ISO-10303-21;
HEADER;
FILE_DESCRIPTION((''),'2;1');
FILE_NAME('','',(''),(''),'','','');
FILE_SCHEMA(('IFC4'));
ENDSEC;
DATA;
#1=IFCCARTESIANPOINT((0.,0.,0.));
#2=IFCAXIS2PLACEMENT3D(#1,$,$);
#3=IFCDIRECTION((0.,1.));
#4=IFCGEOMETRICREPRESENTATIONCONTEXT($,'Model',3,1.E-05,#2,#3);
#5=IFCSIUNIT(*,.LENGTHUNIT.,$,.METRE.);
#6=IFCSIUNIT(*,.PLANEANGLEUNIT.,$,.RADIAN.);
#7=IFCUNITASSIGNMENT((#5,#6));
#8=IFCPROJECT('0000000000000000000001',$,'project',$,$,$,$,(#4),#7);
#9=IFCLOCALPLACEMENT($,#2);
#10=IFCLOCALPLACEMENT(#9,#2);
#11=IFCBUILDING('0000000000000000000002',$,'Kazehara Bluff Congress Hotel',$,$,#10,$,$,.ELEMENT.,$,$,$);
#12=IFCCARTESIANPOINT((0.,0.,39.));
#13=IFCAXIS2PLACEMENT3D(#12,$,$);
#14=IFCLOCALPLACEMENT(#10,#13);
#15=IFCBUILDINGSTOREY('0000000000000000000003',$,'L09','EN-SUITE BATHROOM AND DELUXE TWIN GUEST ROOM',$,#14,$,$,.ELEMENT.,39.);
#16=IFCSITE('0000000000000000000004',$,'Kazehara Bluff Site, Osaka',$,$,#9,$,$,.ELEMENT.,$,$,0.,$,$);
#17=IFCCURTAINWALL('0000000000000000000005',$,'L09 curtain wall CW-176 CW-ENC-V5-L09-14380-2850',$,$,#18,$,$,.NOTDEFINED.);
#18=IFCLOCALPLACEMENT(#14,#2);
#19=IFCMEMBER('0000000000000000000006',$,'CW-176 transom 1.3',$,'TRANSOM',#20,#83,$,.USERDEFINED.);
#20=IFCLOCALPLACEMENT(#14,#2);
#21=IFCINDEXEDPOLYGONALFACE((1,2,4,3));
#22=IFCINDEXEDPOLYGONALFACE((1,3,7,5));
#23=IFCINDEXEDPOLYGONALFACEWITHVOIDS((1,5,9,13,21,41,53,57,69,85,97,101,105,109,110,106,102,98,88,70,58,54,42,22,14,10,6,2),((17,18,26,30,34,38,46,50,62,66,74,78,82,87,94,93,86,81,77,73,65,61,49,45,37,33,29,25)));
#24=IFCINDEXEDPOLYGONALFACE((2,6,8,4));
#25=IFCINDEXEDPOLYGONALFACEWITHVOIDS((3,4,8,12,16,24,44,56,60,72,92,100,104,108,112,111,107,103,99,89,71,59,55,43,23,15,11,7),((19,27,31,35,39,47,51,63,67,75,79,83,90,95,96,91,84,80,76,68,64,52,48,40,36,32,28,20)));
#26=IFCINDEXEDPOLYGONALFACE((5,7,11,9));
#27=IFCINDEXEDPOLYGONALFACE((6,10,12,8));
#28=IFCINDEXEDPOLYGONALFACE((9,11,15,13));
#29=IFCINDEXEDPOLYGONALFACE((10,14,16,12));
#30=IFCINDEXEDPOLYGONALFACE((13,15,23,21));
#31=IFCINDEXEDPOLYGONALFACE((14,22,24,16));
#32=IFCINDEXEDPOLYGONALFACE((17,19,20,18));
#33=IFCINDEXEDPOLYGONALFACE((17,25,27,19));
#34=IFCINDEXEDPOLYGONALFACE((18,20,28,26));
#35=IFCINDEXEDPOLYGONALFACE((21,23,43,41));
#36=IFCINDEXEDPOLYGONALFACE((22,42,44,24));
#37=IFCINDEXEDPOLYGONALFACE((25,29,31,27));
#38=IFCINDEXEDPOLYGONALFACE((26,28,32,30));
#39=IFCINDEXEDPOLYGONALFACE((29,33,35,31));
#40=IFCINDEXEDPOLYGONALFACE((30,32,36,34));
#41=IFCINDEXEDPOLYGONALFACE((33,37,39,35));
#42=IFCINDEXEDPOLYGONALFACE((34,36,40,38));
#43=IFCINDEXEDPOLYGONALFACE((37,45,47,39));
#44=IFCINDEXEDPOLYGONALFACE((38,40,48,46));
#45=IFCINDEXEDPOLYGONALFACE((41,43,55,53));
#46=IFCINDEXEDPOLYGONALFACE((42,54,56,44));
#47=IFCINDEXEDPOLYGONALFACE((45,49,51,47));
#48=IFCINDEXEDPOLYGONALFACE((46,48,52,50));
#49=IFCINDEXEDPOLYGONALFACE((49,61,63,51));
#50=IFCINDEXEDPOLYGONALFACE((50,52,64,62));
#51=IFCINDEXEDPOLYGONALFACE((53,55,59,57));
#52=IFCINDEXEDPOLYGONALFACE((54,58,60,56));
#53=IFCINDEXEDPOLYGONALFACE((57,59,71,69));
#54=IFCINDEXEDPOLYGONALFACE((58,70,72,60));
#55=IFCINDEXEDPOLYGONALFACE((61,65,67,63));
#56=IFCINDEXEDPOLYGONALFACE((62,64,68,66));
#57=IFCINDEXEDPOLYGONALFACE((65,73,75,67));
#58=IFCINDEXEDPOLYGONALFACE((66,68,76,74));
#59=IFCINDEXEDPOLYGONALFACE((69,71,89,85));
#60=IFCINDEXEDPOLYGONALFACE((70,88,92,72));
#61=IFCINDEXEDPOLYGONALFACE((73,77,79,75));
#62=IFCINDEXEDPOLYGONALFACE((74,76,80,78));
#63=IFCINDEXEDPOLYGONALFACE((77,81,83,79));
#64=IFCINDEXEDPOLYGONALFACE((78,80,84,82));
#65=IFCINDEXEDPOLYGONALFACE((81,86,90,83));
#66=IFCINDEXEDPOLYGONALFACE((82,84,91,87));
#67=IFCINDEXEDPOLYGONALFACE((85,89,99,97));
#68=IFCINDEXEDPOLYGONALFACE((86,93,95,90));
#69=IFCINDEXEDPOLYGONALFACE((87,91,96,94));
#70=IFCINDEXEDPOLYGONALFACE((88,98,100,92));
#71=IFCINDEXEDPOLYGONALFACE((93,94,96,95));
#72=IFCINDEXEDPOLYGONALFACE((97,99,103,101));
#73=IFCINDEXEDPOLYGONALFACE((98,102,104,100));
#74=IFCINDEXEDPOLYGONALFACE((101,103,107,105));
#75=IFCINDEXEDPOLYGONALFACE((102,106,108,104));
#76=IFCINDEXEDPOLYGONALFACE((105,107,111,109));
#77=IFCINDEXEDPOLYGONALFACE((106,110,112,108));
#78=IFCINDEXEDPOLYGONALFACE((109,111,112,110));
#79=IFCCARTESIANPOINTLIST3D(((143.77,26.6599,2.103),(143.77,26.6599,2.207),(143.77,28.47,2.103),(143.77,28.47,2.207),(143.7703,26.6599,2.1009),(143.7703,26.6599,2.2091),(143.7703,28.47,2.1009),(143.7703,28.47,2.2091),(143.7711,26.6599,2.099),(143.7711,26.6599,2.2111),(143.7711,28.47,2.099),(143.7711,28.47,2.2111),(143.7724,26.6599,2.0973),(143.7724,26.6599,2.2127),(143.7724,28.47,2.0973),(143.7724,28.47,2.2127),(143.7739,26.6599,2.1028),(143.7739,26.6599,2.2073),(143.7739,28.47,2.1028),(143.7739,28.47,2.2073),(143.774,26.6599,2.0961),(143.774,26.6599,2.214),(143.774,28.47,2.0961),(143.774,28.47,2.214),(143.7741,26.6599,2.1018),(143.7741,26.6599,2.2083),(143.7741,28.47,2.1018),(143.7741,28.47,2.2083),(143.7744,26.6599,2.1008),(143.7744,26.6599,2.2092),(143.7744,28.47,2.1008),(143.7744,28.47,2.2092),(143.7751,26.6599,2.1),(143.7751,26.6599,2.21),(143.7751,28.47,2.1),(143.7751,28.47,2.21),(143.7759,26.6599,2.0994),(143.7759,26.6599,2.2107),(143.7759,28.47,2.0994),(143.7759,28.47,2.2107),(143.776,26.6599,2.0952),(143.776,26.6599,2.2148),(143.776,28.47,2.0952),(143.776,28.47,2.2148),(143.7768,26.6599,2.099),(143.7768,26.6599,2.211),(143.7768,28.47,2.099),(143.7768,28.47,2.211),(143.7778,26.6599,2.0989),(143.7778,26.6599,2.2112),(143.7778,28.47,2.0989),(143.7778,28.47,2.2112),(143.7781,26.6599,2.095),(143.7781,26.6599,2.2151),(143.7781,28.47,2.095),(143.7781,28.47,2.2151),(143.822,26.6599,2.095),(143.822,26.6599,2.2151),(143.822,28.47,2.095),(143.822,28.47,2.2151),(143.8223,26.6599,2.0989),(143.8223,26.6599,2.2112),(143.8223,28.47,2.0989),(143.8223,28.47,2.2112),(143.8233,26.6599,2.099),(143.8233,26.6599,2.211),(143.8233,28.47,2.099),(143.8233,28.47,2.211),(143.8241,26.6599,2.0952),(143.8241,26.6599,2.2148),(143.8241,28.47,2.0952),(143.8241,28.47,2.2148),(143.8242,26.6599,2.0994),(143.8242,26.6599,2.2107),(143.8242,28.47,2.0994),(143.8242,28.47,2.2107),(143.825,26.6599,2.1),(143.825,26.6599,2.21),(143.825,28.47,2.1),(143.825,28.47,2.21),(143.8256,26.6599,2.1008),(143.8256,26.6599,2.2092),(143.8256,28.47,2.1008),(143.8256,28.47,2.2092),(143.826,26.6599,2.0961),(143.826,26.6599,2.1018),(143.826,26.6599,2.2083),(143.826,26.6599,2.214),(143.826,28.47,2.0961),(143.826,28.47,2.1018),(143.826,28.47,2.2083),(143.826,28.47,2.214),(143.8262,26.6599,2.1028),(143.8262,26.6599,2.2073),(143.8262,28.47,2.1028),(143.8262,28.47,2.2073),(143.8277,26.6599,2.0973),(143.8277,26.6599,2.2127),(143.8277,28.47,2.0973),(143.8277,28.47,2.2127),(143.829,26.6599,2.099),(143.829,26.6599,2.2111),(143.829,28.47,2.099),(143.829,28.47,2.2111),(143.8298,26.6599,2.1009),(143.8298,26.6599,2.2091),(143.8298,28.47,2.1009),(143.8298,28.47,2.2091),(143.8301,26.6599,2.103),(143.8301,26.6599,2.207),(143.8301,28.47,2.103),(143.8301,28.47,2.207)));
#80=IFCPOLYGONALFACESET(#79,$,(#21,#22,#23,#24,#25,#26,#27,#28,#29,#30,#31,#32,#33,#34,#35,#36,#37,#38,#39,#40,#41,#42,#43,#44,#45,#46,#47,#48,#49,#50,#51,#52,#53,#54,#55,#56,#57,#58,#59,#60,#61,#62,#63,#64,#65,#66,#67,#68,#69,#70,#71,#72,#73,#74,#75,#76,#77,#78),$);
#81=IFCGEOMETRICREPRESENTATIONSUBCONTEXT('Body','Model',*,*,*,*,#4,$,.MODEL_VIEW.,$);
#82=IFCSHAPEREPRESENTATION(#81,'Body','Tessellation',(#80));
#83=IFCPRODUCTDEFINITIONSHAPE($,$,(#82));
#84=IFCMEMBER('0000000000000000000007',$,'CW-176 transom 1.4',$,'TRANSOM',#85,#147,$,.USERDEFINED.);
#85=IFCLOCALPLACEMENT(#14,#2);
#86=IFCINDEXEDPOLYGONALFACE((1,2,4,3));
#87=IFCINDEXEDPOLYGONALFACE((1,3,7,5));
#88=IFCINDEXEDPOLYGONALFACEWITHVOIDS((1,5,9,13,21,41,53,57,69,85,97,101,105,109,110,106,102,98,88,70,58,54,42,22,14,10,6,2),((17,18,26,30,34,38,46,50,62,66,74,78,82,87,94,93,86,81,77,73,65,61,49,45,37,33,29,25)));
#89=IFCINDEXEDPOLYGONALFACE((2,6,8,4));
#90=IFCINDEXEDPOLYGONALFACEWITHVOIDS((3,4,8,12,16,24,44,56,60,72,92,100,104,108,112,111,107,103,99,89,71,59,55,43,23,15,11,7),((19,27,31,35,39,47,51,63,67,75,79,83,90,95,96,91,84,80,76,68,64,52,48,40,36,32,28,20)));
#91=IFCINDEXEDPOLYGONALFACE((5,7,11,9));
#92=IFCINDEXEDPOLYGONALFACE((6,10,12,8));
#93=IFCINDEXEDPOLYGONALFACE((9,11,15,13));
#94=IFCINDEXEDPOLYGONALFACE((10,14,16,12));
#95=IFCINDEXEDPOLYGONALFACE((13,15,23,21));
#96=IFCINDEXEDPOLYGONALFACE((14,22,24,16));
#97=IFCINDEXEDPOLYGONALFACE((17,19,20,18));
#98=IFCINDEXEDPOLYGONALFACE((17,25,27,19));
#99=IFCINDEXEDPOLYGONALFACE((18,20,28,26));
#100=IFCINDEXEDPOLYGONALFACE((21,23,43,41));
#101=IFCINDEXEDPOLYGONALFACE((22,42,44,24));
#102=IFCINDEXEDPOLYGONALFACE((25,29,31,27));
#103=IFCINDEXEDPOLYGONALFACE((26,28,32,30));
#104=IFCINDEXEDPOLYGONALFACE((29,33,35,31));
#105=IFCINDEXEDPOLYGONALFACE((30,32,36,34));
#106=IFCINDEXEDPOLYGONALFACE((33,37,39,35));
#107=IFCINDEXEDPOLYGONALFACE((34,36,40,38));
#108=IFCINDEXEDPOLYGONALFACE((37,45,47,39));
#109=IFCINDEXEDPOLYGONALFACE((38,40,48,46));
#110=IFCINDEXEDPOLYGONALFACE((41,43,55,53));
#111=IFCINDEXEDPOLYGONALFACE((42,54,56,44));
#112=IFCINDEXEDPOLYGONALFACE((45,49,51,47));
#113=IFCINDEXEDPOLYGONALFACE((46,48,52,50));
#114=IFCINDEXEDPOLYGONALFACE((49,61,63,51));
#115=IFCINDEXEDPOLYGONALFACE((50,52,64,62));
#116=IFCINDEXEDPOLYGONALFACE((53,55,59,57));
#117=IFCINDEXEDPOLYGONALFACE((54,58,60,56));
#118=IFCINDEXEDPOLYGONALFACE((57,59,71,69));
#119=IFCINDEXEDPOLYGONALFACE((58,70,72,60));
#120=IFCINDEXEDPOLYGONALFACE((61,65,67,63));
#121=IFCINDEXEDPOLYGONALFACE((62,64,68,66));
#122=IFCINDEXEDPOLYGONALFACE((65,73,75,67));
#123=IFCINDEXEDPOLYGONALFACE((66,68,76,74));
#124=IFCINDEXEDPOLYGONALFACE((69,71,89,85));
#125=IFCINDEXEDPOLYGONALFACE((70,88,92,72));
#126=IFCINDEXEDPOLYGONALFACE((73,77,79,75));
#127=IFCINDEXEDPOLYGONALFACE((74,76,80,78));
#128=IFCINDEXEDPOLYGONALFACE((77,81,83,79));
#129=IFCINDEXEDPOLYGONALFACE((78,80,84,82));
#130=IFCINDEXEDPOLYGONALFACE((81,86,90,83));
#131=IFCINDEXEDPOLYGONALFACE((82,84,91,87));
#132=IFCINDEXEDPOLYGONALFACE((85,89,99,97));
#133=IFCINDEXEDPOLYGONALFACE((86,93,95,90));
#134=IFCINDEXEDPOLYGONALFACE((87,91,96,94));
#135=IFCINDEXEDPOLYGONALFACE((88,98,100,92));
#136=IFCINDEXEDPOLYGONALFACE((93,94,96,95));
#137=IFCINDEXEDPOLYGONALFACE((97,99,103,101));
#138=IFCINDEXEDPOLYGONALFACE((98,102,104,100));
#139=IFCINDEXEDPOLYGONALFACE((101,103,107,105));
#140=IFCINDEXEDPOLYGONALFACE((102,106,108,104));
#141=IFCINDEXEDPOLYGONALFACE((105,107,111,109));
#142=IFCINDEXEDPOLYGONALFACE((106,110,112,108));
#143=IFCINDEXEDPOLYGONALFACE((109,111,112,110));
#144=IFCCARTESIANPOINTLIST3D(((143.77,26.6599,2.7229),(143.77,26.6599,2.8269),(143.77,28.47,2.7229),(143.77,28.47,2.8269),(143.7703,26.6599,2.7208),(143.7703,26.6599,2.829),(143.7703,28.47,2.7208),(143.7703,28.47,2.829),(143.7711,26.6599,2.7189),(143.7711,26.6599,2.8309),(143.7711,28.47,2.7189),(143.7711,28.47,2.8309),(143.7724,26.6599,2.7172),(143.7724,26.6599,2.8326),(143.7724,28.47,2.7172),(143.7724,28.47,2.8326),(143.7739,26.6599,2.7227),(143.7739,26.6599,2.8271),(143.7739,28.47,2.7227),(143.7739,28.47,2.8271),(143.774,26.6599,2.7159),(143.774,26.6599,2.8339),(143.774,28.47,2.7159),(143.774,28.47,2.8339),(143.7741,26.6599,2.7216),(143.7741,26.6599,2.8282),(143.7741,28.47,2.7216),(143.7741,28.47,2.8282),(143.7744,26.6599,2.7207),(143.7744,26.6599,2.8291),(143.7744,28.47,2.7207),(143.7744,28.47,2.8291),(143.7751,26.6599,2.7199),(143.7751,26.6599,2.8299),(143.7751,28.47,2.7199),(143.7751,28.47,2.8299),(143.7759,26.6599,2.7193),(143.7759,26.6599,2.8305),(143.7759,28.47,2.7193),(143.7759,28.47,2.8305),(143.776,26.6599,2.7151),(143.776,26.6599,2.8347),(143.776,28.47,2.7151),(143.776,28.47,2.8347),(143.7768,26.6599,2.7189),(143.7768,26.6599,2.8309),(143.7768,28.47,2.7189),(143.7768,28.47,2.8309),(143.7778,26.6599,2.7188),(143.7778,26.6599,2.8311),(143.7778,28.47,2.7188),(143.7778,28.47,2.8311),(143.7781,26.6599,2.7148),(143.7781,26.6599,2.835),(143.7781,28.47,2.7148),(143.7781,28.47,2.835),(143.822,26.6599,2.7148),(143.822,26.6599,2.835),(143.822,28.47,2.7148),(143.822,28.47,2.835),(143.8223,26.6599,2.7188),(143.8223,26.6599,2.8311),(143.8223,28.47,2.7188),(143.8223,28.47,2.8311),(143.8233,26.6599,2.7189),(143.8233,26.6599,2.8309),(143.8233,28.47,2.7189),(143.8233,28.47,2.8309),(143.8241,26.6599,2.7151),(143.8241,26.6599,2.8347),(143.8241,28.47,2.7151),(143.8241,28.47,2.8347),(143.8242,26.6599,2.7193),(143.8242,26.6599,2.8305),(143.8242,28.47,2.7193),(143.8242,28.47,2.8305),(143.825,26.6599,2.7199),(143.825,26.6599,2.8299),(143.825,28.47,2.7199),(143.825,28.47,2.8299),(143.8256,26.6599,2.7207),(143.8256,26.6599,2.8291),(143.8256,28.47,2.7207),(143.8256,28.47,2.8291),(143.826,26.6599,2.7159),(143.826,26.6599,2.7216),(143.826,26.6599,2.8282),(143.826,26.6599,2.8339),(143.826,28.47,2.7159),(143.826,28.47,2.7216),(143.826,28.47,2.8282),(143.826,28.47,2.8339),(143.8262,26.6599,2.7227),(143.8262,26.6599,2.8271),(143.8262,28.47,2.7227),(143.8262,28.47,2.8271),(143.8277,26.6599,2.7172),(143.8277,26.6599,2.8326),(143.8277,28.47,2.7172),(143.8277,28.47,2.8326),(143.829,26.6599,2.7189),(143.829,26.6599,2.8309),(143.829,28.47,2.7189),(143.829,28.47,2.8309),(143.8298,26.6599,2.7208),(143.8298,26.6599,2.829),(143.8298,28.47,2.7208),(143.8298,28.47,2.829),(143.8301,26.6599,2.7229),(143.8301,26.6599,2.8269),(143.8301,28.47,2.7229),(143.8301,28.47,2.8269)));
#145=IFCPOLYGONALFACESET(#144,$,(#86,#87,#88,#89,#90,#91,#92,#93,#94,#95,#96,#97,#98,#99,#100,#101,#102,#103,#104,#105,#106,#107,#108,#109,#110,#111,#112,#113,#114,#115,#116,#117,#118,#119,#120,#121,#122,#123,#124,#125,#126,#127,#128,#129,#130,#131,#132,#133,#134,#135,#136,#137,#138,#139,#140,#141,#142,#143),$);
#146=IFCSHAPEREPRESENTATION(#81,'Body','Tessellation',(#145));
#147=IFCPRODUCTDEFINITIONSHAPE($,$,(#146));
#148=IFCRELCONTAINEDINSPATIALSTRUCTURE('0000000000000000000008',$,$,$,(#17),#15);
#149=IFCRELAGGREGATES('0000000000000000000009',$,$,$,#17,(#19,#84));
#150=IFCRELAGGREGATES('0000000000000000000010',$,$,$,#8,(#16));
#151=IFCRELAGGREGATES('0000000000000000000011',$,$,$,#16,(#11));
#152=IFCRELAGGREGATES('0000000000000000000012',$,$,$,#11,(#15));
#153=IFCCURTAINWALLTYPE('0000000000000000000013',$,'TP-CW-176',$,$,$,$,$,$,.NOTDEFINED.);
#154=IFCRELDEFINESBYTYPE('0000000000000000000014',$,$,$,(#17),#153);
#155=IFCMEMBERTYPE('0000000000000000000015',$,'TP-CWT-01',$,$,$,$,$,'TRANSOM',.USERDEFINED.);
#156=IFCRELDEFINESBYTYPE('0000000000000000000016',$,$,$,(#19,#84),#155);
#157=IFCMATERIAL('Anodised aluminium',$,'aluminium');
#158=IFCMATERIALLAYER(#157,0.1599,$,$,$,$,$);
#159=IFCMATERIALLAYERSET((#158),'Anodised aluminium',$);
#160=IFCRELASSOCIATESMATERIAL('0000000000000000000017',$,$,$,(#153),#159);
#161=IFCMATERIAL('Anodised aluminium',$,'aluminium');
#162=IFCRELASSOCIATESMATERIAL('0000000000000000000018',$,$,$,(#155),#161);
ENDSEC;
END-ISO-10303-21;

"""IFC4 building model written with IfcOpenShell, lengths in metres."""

from ifc_helpers import new_model, si_unit, direction, frame, origin, origin_2d, place, context, subcontext, project, spatial, hollow_rectangle, extrude, material, layer, layer_set, material_profile, profile_set, type_object, element, aggregate, save


model = new_model("IFC4")

# Units and contexts
model_context = context("Model", 3, precision=1e-05, world=origin(), true_north=direction((0.0, 1.0)))
body_context = subcontext(model_context, "Body", "Model", "MODEL_VIEW")
ifc_project = project(units=[si_unit("LENGTHUNIT", "METRE"), si_unit("PLANEANGLEUNIT", "RADIAN")], contexts=[model_context])

# Site, building, storey
site_placement = place(None, origin())
site = spatial("IfcSite", under=ifc_project, at=site_placement, Name="Kazehara Bluff Site, Osaka", CompositionType="ELEMENT", RefElevation=0.0)
building_placement = place(site_placement, origin())
building = spatial("IfcBuilding", under=site, at=building_placement, Name="Kazehara Bluff Congress Hotel", CompositionType="ELEMENT")
storey_placement = place(building_placement, frame((0.0, 0.0, 39.0)))
storey = spatial("IfcBuildingStorey", under=building, at=storey_placement, Name="L09", Description="EN-SUITE BATHROOM AND DELUXE TWIN GUEST ROOM", CompositionType="ELEMENT", Elevation=39.0)

# Curtain wall
ifc_material_1 = material(Name="Anodised aluminium", Category="aluminium")
ifc_layer_1 = layer(ifc_material_1, 0.1599)
ifc_layer_set_1 = layer_set([ifc_layer_1], Name="Anodised aluminium")
curtain_wall_type_1 = type_object("IfcCurtainWallType", Name="TP-CW-176", PredefinedType="NOTDEFINED", material=ifc_layer_set_1)
curtain_wall_1_placement = place(storey_placement, origin())
curtain_wall_1 = element("IfcCurtainWall", 1, at=curtain_wall_1_placement, inside=storey, type_object=curtain_wall_type_1, Name="L09 curtain wall CW-176 CW-ENC-V5-L09-14380-2850", PredefinedType="NOTDEFINED")

# Members
ifc_material_2 = material(Name="Anodised aluminium", Category="aluminium")
ifc_material_profile_1 = material_profile(ifc_material_2, hollow_rectangle(XDim=0.0601, YDim=0.1201, WallThickness=0.0039, InnerFilletRadius=0.0039, OuterFilletRadius=0.0081, at=origin_2d()))
ifc_profile_set_1 = profile_set([ifc_material_profile_1], Name="Anodised aluminium")
member_type_1 = type_object("IfcMemberType", Name="TP-CWT-01", ElementType="TRANSOM", PredefinedType="USERDEFINED", material=ifc_profile_set_1)
member_1_placement = place(storey_placement, frame((143.8, 26.6599, 2.155), z_axis=(0.0, 1.0, 0.0), x_axis=(-1.0, 0.0, 0.0)))
member_1 = element("IfcMember", 2, at=member_1_placement, type_object=member_type_1, Name="CW-176 transom 1.3", ObjectType="TRANSOM", PredefinedType="USERDEFINED", context=body_context, shape_type="SweptSolid", body=[
    extrude(hollow_rectangle(XDim=0.0601, YDim=0.1201, WallThickness=0.0039, InnerFilletRadius=0.0039, OuterFilletRadius=0.0081, at=origin_2d()), origin(), (0.0, 0.0, 1.0), 1.8101),
])
member_2_placement = place(storey_placement, frame((143.8, 26.6599, 2.7749), z_axis=(0.0, 1.0, 0.0), x_axis=(-1.0, 0.0, 0.0)))
member_2 = element("IfcMember", 3, at=member_2_placement, type_object=member_type_1, Name="CW-176 transom 1.4", ObjectType="TRANSOM", PredefinedType="USERDEFINED", context=body_context, shape_type="SweptSolid", body=[
    extrude(hollow_rectangle(XDim=0.0601, YDim=0.1201, WallThickness=0.0039, InnerFilletRadius=0.0039, OuterFilletRadius=0.0081, at=origin_2d()), origin(), (0.0, 0.0, 1.0), 1.8101),
])

aggregate(curtain_wall_1, [member_1, member_2])

save(model, "model.ifc")
